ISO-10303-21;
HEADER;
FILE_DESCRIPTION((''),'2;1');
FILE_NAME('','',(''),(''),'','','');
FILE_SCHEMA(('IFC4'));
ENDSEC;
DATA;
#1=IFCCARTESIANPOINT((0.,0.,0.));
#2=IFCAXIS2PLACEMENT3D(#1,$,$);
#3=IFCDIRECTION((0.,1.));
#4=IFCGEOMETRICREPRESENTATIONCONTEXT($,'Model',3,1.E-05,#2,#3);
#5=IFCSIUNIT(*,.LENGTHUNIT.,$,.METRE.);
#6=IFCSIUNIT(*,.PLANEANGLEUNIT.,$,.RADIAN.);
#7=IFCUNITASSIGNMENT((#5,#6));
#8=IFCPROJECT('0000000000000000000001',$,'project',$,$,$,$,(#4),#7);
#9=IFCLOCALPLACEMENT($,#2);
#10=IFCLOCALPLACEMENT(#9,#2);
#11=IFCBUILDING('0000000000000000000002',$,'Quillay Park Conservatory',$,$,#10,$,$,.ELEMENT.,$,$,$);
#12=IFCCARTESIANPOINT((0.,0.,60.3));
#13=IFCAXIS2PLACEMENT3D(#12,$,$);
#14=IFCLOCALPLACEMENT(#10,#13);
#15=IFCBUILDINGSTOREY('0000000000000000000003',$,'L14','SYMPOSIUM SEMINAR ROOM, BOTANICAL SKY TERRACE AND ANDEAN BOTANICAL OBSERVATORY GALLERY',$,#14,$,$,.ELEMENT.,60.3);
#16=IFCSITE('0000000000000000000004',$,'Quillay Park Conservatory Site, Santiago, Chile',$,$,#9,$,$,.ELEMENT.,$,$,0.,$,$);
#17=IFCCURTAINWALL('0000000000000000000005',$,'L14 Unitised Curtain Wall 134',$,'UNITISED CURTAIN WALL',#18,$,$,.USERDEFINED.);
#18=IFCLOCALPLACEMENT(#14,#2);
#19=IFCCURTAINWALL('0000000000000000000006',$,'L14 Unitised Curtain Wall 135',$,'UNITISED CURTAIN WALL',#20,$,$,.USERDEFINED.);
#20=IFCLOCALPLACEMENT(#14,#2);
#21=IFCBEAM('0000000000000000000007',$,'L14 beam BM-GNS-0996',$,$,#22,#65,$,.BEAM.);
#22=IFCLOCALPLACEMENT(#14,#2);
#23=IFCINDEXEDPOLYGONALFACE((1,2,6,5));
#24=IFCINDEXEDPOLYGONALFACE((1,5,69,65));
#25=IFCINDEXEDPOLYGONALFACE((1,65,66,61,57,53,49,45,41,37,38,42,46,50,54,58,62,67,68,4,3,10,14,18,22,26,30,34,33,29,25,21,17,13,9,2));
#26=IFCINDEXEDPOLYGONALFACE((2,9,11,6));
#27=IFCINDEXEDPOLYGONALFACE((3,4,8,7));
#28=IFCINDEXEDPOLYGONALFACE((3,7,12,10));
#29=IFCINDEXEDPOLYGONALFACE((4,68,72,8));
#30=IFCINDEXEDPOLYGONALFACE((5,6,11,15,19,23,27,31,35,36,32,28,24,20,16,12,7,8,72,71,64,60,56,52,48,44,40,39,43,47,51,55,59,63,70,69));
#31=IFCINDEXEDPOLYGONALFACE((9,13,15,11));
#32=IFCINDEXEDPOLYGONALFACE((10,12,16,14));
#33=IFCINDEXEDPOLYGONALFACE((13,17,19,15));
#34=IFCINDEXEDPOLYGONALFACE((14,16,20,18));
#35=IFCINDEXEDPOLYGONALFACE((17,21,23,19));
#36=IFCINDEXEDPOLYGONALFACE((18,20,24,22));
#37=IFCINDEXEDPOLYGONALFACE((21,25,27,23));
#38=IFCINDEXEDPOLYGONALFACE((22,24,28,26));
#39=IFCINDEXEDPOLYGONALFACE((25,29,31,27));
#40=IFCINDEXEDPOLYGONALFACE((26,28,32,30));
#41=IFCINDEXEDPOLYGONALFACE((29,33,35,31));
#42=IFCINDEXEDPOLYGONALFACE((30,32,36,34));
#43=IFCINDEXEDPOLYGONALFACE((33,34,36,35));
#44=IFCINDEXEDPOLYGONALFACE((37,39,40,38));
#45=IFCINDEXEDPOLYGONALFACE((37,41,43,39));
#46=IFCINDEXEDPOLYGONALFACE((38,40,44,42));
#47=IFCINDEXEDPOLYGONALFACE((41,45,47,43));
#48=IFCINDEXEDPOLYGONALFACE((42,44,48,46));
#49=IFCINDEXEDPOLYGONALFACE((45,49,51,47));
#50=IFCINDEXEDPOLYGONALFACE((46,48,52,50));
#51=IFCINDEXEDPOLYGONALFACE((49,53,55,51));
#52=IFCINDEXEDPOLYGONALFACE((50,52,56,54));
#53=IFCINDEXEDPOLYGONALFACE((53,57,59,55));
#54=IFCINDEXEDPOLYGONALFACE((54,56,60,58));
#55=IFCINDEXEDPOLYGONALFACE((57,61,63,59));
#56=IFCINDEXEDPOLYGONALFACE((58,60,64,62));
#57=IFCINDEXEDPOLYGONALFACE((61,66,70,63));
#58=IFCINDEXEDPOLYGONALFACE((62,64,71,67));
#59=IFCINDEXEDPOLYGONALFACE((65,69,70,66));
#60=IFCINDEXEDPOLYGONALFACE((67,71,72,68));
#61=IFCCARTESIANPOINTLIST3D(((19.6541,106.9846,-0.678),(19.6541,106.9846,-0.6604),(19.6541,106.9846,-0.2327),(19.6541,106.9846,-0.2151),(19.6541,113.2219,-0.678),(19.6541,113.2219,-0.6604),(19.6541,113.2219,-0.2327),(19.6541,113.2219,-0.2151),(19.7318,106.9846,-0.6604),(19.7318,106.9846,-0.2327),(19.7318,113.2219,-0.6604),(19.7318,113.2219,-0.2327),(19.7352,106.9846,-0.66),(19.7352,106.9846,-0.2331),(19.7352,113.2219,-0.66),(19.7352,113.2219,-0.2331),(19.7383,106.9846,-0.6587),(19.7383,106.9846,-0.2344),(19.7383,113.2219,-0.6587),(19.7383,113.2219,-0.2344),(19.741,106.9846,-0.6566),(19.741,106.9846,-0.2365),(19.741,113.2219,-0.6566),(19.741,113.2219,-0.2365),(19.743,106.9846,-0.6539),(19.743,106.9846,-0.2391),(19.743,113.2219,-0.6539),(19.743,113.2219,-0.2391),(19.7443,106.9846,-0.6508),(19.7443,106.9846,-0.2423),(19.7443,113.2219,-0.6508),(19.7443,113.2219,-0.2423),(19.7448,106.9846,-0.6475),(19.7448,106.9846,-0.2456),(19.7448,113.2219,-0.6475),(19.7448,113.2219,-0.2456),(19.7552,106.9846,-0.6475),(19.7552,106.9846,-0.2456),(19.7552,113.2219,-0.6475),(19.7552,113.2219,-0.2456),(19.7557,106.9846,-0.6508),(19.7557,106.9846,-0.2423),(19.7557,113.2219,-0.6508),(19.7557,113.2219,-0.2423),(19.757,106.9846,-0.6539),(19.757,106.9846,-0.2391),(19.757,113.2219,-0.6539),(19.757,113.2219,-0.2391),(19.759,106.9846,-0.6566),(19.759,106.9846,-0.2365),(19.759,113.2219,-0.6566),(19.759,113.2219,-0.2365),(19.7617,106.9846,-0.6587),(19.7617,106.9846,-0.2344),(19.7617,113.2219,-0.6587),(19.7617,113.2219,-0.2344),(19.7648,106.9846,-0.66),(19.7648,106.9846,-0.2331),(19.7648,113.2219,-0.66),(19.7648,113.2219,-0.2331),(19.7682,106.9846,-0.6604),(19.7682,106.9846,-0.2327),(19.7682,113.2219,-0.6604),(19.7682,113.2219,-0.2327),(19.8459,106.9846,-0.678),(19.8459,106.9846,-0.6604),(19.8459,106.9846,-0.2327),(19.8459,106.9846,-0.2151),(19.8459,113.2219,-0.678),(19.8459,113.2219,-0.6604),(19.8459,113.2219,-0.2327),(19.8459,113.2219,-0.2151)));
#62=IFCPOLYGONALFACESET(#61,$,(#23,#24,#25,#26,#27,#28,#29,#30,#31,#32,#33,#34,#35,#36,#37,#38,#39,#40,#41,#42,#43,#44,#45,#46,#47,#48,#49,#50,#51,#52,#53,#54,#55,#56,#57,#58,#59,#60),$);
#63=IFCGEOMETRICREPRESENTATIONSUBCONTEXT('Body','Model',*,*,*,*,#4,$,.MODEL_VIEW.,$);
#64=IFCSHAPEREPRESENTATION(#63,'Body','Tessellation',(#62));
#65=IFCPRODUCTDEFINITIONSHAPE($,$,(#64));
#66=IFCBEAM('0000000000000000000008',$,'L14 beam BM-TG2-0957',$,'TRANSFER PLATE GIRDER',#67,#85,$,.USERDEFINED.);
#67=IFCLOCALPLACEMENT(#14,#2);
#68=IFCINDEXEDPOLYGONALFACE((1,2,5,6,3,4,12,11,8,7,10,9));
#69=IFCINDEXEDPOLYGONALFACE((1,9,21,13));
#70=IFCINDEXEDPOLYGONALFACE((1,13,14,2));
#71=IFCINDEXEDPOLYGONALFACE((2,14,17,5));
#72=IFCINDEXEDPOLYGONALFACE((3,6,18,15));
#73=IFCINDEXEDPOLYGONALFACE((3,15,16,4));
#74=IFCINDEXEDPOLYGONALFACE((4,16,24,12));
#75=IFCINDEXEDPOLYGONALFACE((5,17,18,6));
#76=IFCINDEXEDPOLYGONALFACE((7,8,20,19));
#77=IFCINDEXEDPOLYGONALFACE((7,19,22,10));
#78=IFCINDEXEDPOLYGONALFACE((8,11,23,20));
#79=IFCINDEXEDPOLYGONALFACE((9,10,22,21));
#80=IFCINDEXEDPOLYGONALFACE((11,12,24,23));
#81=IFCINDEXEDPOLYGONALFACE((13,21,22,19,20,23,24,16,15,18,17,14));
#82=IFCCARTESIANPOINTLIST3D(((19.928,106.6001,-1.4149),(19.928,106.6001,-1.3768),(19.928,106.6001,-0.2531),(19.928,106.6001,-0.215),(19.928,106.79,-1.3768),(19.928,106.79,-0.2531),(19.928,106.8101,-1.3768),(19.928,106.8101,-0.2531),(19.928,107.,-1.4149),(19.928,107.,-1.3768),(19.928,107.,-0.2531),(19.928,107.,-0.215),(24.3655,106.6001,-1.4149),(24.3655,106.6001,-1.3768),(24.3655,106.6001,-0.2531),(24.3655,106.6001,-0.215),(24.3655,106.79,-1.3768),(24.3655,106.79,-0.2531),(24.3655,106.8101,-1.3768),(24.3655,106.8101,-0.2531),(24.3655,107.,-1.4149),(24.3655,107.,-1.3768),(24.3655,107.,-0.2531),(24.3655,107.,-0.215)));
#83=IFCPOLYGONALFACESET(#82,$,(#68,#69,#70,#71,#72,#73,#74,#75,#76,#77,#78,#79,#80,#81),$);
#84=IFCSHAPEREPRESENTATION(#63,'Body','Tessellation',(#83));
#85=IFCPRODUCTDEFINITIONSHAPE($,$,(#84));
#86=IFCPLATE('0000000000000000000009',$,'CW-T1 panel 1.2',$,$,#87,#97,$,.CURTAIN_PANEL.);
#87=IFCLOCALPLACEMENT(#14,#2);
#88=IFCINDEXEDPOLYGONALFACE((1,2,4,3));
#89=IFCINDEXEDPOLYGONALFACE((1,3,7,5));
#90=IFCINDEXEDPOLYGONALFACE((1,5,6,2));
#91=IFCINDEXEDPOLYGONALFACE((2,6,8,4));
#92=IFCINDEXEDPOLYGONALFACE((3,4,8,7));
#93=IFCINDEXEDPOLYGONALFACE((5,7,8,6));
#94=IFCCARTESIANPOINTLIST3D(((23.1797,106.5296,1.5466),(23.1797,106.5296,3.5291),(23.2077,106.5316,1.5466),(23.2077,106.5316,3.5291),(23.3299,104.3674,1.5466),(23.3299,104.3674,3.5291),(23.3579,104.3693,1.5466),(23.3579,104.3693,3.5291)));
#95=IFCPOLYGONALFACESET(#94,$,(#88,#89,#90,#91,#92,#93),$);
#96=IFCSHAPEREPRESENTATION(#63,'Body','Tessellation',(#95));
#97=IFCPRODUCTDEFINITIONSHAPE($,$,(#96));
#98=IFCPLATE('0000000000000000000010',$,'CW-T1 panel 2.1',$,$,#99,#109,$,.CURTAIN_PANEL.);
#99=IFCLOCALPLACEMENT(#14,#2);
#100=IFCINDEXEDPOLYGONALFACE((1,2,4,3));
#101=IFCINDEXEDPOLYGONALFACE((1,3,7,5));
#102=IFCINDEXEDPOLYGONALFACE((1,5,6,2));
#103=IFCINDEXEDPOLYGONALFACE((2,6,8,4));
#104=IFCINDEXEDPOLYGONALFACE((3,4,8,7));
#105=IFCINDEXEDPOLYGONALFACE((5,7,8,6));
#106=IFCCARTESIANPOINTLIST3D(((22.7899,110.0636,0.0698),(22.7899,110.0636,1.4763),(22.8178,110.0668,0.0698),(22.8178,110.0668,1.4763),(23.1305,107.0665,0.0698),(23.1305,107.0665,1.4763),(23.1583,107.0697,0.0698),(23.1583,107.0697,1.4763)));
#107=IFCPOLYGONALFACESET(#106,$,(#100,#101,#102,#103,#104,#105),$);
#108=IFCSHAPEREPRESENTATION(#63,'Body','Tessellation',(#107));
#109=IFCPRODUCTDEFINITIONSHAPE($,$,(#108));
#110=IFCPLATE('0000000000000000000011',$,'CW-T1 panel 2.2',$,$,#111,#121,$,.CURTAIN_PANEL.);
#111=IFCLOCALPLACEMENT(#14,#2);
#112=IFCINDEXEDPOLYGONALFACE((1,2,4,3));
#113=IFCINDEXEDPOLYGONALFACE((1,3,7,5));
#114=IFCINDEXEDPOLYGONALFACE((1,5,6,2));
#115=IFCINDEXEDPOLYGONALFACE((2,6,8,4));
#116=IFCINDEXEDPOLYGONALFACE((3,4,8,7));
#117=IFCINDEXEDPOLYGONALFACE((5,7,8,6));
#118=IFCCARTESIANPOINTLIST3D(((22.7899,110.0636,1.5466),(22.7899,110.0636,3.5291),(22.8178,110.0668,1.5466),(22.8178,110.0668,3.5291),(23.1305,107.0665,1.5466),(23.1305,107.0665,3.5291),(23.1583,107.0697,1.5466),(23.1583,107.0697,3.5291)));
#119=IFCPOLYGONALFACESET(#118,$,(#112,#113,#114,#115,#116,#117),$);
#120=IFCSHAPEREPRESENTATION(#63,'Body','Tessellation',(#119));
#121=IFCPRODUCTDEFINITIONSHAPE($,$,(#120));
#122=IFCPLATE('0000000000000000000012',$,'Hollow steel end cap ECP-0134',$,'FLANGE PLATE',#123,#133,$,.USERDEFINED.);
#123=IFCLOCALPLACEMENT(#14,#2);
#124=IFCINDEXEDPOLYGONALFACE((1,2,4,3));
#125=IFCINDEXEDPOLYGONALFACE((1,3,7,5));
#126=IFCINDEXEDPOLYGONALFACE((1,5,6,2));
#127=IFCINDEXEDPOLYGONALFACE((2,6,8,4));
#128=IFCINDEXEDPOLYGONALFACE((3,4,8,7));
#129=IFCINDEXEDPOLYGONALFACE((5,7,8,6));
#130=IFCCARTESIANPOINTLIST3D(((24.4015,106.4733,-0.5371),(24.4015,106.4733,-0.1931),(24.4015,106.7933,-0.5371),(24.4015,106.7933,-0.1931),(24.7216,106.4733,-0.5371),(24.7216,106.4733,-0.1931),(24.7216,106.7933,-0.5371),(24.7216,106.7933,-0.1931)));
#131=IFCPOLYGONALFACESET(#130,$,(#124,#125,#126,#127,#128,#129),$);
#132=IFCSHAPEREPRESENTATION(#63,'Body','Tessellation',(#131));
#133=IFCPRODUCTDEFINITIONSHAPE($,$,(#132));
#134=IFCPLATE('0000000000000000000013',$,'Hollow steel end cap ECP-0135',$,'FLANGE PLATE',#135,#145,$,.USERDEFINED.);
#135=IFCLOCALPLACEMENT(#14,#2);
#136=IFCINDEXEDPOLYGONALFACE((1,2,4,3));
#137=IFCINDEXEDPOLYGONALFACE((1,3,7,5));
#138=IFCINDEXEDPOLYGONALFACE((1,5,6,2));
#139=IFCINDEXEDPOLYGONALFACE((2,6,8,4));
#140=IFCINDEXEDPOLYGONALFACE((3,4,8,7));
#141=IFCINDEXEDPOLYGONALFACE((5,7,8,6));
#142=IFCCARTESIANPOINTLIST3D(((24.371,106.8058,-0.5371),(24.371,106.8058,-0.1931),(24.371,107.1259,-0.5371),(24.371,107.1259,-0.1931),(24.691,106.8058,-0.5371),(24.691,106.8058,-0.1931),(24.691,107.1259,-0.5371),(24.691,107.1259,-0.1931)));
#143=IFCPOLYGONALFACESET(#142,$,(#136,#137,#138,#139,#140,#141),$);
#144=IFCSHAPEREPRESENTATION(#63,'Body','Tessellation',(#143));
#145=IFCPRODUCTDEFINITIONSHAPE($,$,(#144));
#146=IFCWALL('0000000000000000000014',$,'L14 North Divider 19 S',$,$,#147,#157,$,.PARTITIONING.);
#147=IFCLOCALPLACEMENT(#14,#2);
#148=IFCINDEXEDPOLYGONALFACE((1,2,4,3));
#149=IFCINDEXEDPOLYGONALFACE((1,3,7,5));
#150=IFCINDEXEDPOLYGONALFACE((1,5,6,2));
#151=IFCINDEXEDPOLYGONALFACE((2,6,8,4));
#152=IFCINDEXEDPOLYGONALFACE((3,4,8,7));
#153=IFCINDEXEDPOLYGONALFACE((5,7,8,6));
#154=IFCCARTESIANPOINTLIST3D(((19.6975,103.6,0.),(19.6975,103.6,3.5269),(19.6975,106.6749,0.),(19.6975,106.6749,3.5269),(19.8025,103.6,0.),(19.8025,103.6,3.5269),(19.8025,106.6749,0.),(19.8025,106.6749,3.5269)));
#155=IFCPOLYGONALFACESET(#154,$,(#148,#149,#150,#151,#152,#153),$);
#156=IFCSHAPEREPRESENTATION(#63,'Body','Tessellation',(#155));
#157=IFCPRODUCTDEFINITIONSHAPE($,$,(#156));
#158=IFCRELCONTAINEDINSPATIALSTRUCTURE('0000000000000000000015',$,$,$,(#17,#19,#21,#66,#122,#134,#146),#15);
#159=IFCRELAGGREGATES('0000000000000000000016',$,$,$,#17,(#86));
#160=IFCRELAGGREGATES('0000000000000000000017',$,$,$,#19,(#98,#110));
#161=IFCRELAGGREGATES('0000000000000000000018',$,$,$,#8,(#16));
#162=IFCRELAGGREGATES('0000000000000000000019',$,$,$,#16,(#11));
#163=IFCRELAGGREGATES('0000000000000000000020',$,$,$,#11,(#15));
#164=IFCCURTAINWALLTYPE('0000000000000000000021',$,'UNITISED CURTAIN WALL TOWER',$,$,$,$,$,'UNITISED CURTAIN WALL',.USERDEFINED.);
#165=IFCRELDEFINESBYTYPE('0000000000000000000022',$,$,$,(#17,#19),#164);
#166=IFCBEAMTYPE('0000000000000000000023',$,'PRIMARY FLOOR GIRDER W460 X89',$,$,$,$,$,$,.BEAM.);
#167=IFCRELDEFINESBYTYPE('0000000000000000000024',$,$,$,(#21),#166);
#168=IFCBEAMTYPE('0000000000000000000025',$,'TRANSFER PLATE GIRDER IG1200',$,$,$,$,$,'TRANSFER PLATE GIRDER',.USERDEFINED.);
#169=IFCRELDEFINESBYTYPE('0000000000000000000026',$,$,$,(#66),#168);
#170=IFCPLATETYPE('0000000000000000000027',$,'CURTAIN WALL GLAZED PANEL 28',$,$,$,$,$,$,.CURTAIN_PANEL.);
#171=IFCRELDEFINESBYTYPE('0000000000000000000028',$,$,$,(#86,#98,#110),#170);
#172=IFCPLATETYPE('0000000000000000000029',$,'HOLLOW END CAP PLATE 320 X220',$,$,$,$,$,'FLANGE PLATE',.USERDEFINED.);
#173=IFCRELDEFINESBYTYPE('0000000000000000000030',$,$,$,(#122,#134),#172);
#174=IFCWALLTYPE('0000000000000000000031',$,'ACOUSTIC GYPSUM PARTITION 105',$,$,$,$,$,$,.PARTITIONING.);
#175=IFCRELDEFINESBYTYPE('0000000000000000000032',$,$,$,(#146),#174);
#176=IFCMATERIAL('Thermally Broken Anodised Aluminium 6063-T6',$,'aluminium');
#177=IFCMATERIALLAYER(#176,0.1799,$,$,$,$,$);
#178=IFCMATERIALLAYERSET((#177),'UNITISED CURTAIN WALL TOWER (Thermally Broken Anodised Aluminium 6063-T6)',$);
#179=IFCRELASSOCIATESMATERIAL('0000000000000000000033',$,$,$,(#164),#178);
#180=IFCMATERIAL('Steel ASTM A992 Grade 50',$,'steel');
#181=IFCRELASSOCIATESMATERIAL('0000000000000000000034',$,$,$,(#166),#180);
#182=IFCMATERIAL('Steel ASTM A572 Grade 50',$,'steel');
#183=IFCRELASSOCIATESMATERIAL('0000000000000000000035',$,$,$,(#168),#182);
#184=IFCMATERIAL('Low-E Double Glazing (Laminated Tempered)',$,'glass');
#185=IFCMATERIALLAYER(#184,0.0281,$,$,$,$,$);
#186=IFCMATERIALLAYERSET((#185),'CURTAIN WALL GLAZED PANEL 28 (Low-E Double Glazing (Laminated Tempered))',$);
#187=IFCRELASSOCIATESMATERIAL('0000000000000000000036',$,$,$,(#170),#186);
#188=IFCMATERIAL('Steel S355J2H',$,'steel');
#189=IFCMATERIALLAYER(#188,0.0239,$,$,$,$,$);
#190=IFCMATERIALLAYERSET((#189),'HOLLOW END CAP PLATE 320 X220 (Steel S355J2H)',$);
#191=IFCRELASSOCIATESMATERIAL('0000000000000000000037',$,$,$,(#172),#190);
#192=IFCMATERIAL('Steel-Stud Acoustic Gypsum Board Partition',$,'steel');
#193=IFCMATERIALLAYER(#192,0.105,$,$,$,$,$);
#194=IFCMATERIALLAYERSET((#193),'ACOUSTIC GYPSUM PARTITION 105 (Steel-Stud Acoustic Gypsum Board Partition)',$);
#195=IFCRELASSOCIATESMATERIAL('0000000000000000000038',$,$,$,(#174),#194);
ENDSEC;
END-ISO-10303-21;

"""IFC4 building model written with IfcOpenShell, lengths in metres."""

from ifc_helpers import new_model, si_unit, direction, frame, frame_2d, origin, origin_2d, place, context, subcontext, project, spatial, rectangle, i_section, extrude, material, layer, layer_set, material_profile, profile_set, type_object, element, aggregate, save


model = new_model("IFC4")

# Units and contexts
model_context = context("Model", 3, precision=1e-05, world=origin(), true_north=direction((0.0, 1.0)))
body_context = subcontext(model_context, "Body", "Model", "MODEL_VIEW")
ifc_project = project(units=[si_unit("LENGTHUNIT", "METRE"), si_unit("PLANEANGLEUNIT", "RADIAN")], contexts=[model_context])

# Site, building, storey
site_placement = place(None, origin())
site = spatial("IfcSite", under=ifc_project, at=site_placement, Name="Quillay Park Conservatory Site, Santiago, Chile", CompositionType="ELEMENT", RefElevation=0.0)
building_placement = place(site_placement, origin())
building = spatial("IfcBuilding", under=site, at=building_placement, Name="Quillay Park Conservatory", CompositionType="ELEMENT")
storey_placement = place(building_placement, frame((0.0, 0.0, 60.3)))
storey = spatial("IfcBuildingStorey", under=building, at=storey_placement, Name="L14", Description="SYMPOSIUM SEMINAR ROOM, BOTANICAL SKY TERRACE AND ANDEAN BOTANICAL OBSERVATORY GALLERY", CompositionType="ELEMENT", Elevation=60.3)

# Curtain walls
ifc_material_1 = material(Name="Thermally Broken Anodised Aluminium 6063-T6", Category="aluminium")
ifc_layer_1 = layer(ifc_material_1, 0.1799)
ifc_layer_set_1 = layer_set([ifc_layer_1], Name="UNITISED CURTAIN WALL TOWER (Thermally Broken Anodised Aluminium 6063-T6)")
curtain_wall_type = type_object("IfcCurtainWallType", Name="UNITISED CURTAIN WALL TOWER", ElementType="UNITISED CURTAIN WALL", PredefinedType="USERDEFINED", material=ifc_layer_set_1)
curtain_wall_1_placement = place(storey_placement, origin())
curtain_wall_1 = element("IfcCurtainWall", 1, at=curtain_wall_1_placement, inside=storey, type_object=curtain_wall_type, Name="L14 Unitised Curtain Wall 134", ObjectType="UNITISED CURTAIN WALL", PredefinedType="USERDEFINED")
curtain_wall_2_placement = place(storey_placement, origin())
curtain_wall_2 = element("IfcCurtainWall", 2, at=curtain_wall_2_placement, inside=storey, type_object=curtain_wall_type, Name="L14 Unitised Curtain Wall 135", ObjectType="UNITISED CURTAIN WALL", PredefinedType="USERDEFINED")

# Beams
ifc_material_2 = material(Name="Steel ASTM A992 Grade 50", Category="steel")
ifc_material_profile_1 = material_profile(ifc_material_2, i_section(OverallWidth=0.1919, OverallDepth=0.4629, WebThickness=0.0105, FlangeThickness=0.0176, FilletRadius=0.0129, at=origin_2d()), Name="W460x89")
ifc_profile_set_1 = profile_set([ifc_material_profile_1], Name="Steel ASTM A992 Grade 50")
beam_type_1 = type_object("IfcBeamType", Name="PRIMARY FLOOR GIRDER W460 X89", PredefinedType="BEAM", material=ifc_profile_set_1)
beam_1_placement = place(storey_placement, frame((19.75, 106.9846, -0.4465), z_axis=(0.0, 1.0, 0.0), x_axis=(-1.0, 0.0, 0.0)))
element("IfcBeam", 3, at=beam_1_placement, inside=storey, type_object=beam_type_1, Name="L14 beam BM-GNS-0996", PredefinedType="BEAM", context=body_context, shape_type="SweptSolid", body=[
    extrude(i_section(OverallWidth=0.1919, OverallDepth=0.4629, WebThickness=0.0105, FlangeThickness=0.0176, FilletRadius=0.0129, at=origin_2d()), origin(), (0.0, 0.0, 1.0), 6.2373),
])
ifc_material_3 = material(Name="Steel ASTM A572 Grade 50", Category="steel")
ifc_material_profile_2 = material_profile(ifc_material_3, i_section(OverallWidth=0.3999, OverallDepth=1.2, WebThickness=0.02, FlangeThickness=0.0381, at=origin_2d()), Name="IG1200x400")
ifc_profile_set_2 = profile_set([ifc_material_profile_2], Name="Steel ASTM A572 Grade 50")
beam_type_2 = type_object("IfcBeamType", Name="TRANSFER PLATE GIRDER IG1200", ElementType="TRANSFER PLATE GIRDER", PredefinedType="USERDEFINED", material=ifc_profile_set_2)
beam_2_placement = place(storey_placement, frame((19.928, 106.8, -0.8149), z_axis=(1.0, 0.0, 0.0), x_axis=(0.0, 1.0, 0.0)))
element("IfcBeam", 4, at=beam_2_placement, inside=storey, type_object=beam_type_2, Name="L14 beam BM-TG2-0957", ObjectType="TRANSFER PLATE GIRDER", PredefinedType="USERDEFINED", context=body_context, shape_type="SweptSolid", body=[
    extrude(i_section(OverallWidth=0.3999, OverallDepth=1.2, WebThickness=0.02, FlangeThickness=0.0381, at=origin_2d()), origin(), (0.0, 0.0, 1.0), 4.4375),
])

# Plates
ifc_material_4 = material(Name="Low-E Double Glazing (Laminated Tempered)", Category="glass")
ifc_layer_2 = layer(ifc_material_4, 0.0281)
ifc_layer_set_2 = layer_set([ifc_layer_2], Name="CURTAIN WALL GLAZED PANEL 28 (Low-E Double Glazing (Laminated Tempered))")
plate_type_1 = type_object("IfcPlateType", Name="CURTAIN WALL GLAZED PANEL 28", PredefinedType="CURTAIN_PANEL", material=ifc_layer_set_2)
plate_1_placement = place(storey_placement, frame((23.2688, 105.4495, 1.5466), z_axis=(0.0, 0.0, 1.0), x_axis=(0.069264, -0.997598, 0.0)))
plate_1 = element("IfcPlate", 5, at=plate_1_placement, type_object=plate_type_1, Name="CW-T1 panel 1.2", PredefinedType="CURTAIN_PANEL", context=body_context, shape_type="SweptSolid", body=[
    extrude(rectangle(XDim=2.1675, YDim=0.0281, at=origin_2d()), origin(), (0.0, 0.0, 1.0), 1.9824),
])
aggregate(curtain_wall_1, [plate_1])
plate_2_placement = place(storey_placement, frame((22.9741, 108.5667, 0.0698), z_axis=(0.0, 0.0, 1.0), x_axis=(0.112903, -0.993606, 0.0)))
plate_2 = element("IfcPlate", 6, at=plate_2_placement, type_object=plate_type_1, Name="CW-T1 panel 2.1", PredefinedType="CURTAIN_PANEL", context=body_context, shape_type="SweptSolid", body=[
    extrude(rectangle(XDim=3.0164, YDim=0.0281, at=origin_2d()), origin(), (0.0, 0.0, 1.0), 1.4065),
])
plate_3_placement = place(storey_placement, frame((22.9741, 108.5667, 1.5466), z_axis=(0.0, 0.0, 1.0), x_axis=(0.112903, -0.993606, 0.0)))
plate_3 = element("IfcPlate", 7, at=plate_3_placement, type_object=plate_type_1, Name="CW-T1 panel 2.2", PredefinedType="CURTAIN_PANEL", context=body_context, shape_type="SweptSolid", body=[
    extrude(rectangle(XDim=3.0164, YDim=0.0281, at=origin_2d()), origin(), (0.0, 0.0, 1.0), 1.9824),
])
aggregate(curtain_wall_2, [plate_2, plate_3])

# Plates
ifc_material_5 = material(Name="Steel S355J2H", Category="steel")
ifc_layer_3 = layer(ifc_material_5, 0.0239)
ifc_layer_set_3 = layer_set([ifc_layer_3], Name="HOLLOW END CAP PLATE 320 X220 (Steel S355J2H)")
plate_type_2 = type_object("IfcPlateType", Name="HOLLOW END CAP PLATE 320 X220", ElementType="FLANGE PLATE", PredefinedType="USERDEFINED", material=ifc_layer_set_3)
for number, where, z_axis, x_axis, name in (
    (8, (24.5615, 106.6333, -0.5371), (0.0, 0.0, 1.0), (1.0, 0.0, 0.0), "Hollow steel end cap ECP-0134"),
    (9, (24.531, 106.9658, -0.5371), (0.0, 0.0, 1.0), (1.0, 0.0, 0.0), "Hollow steel end cap ECP-0135"),
):
    element("IfcPlate", number, at=place(storey_placement, frame(where, z_axis=z_axis, x_axis=x_axis)), inside=storey, type_object=plate_type_2, Name=name, ObjectType="FLANGE PLATE", PredefinedType="USERDEFINED", context=body_context, shape_type="SweptSolid", body=[
        extrude(rectangle(XDim=0.3201, YDim=0.3201, at=origin_2d()), origin(), (0.0, 0.0, 1.0), 0.344),
    ])

# Wall
ifc_material_6 = material(Name="Steel-Stud Acoustic Gypsum Board Partition", Category="steel")
ifc_layer_4 = layer(ifc_material_6, 0.105)
ifc_layer_set_4 = layer_set([ifc_layer_4], Name="ACOUSTIC GYPSUM PARTITION 105 (Steel-Stud Acoustic Gypsum Board Partition)")
wall_type = type_object("IfcWallType", Name="ACOUSTIC GYPSUM PARTITION 105", PredefinedType="PARTITIONING", material=ifc_layer_set_4)
wall_placement = place(storey_placement, frame((19.75, 106.675, 0.0), z_axis=(0.0, 0.0, 1.0), x_axis=(0.0, -1.0, 0.0)))
element("IfcWall", 10, at=wall_placement, inside=storey, type_object=wall_type, Name="L14 North Divider 19 S", PredefinedType="PARTITIONING", context=body_context, shape_type="SweptSolid", body=[
    extrude(rectangle(XDim=3.075, YDim=0.105, at=frame_2d((1.5376, 0.0))), origin(), (0.0, 0.0, 1.0), 3.5269),
])

save(model, "model.ifc")
